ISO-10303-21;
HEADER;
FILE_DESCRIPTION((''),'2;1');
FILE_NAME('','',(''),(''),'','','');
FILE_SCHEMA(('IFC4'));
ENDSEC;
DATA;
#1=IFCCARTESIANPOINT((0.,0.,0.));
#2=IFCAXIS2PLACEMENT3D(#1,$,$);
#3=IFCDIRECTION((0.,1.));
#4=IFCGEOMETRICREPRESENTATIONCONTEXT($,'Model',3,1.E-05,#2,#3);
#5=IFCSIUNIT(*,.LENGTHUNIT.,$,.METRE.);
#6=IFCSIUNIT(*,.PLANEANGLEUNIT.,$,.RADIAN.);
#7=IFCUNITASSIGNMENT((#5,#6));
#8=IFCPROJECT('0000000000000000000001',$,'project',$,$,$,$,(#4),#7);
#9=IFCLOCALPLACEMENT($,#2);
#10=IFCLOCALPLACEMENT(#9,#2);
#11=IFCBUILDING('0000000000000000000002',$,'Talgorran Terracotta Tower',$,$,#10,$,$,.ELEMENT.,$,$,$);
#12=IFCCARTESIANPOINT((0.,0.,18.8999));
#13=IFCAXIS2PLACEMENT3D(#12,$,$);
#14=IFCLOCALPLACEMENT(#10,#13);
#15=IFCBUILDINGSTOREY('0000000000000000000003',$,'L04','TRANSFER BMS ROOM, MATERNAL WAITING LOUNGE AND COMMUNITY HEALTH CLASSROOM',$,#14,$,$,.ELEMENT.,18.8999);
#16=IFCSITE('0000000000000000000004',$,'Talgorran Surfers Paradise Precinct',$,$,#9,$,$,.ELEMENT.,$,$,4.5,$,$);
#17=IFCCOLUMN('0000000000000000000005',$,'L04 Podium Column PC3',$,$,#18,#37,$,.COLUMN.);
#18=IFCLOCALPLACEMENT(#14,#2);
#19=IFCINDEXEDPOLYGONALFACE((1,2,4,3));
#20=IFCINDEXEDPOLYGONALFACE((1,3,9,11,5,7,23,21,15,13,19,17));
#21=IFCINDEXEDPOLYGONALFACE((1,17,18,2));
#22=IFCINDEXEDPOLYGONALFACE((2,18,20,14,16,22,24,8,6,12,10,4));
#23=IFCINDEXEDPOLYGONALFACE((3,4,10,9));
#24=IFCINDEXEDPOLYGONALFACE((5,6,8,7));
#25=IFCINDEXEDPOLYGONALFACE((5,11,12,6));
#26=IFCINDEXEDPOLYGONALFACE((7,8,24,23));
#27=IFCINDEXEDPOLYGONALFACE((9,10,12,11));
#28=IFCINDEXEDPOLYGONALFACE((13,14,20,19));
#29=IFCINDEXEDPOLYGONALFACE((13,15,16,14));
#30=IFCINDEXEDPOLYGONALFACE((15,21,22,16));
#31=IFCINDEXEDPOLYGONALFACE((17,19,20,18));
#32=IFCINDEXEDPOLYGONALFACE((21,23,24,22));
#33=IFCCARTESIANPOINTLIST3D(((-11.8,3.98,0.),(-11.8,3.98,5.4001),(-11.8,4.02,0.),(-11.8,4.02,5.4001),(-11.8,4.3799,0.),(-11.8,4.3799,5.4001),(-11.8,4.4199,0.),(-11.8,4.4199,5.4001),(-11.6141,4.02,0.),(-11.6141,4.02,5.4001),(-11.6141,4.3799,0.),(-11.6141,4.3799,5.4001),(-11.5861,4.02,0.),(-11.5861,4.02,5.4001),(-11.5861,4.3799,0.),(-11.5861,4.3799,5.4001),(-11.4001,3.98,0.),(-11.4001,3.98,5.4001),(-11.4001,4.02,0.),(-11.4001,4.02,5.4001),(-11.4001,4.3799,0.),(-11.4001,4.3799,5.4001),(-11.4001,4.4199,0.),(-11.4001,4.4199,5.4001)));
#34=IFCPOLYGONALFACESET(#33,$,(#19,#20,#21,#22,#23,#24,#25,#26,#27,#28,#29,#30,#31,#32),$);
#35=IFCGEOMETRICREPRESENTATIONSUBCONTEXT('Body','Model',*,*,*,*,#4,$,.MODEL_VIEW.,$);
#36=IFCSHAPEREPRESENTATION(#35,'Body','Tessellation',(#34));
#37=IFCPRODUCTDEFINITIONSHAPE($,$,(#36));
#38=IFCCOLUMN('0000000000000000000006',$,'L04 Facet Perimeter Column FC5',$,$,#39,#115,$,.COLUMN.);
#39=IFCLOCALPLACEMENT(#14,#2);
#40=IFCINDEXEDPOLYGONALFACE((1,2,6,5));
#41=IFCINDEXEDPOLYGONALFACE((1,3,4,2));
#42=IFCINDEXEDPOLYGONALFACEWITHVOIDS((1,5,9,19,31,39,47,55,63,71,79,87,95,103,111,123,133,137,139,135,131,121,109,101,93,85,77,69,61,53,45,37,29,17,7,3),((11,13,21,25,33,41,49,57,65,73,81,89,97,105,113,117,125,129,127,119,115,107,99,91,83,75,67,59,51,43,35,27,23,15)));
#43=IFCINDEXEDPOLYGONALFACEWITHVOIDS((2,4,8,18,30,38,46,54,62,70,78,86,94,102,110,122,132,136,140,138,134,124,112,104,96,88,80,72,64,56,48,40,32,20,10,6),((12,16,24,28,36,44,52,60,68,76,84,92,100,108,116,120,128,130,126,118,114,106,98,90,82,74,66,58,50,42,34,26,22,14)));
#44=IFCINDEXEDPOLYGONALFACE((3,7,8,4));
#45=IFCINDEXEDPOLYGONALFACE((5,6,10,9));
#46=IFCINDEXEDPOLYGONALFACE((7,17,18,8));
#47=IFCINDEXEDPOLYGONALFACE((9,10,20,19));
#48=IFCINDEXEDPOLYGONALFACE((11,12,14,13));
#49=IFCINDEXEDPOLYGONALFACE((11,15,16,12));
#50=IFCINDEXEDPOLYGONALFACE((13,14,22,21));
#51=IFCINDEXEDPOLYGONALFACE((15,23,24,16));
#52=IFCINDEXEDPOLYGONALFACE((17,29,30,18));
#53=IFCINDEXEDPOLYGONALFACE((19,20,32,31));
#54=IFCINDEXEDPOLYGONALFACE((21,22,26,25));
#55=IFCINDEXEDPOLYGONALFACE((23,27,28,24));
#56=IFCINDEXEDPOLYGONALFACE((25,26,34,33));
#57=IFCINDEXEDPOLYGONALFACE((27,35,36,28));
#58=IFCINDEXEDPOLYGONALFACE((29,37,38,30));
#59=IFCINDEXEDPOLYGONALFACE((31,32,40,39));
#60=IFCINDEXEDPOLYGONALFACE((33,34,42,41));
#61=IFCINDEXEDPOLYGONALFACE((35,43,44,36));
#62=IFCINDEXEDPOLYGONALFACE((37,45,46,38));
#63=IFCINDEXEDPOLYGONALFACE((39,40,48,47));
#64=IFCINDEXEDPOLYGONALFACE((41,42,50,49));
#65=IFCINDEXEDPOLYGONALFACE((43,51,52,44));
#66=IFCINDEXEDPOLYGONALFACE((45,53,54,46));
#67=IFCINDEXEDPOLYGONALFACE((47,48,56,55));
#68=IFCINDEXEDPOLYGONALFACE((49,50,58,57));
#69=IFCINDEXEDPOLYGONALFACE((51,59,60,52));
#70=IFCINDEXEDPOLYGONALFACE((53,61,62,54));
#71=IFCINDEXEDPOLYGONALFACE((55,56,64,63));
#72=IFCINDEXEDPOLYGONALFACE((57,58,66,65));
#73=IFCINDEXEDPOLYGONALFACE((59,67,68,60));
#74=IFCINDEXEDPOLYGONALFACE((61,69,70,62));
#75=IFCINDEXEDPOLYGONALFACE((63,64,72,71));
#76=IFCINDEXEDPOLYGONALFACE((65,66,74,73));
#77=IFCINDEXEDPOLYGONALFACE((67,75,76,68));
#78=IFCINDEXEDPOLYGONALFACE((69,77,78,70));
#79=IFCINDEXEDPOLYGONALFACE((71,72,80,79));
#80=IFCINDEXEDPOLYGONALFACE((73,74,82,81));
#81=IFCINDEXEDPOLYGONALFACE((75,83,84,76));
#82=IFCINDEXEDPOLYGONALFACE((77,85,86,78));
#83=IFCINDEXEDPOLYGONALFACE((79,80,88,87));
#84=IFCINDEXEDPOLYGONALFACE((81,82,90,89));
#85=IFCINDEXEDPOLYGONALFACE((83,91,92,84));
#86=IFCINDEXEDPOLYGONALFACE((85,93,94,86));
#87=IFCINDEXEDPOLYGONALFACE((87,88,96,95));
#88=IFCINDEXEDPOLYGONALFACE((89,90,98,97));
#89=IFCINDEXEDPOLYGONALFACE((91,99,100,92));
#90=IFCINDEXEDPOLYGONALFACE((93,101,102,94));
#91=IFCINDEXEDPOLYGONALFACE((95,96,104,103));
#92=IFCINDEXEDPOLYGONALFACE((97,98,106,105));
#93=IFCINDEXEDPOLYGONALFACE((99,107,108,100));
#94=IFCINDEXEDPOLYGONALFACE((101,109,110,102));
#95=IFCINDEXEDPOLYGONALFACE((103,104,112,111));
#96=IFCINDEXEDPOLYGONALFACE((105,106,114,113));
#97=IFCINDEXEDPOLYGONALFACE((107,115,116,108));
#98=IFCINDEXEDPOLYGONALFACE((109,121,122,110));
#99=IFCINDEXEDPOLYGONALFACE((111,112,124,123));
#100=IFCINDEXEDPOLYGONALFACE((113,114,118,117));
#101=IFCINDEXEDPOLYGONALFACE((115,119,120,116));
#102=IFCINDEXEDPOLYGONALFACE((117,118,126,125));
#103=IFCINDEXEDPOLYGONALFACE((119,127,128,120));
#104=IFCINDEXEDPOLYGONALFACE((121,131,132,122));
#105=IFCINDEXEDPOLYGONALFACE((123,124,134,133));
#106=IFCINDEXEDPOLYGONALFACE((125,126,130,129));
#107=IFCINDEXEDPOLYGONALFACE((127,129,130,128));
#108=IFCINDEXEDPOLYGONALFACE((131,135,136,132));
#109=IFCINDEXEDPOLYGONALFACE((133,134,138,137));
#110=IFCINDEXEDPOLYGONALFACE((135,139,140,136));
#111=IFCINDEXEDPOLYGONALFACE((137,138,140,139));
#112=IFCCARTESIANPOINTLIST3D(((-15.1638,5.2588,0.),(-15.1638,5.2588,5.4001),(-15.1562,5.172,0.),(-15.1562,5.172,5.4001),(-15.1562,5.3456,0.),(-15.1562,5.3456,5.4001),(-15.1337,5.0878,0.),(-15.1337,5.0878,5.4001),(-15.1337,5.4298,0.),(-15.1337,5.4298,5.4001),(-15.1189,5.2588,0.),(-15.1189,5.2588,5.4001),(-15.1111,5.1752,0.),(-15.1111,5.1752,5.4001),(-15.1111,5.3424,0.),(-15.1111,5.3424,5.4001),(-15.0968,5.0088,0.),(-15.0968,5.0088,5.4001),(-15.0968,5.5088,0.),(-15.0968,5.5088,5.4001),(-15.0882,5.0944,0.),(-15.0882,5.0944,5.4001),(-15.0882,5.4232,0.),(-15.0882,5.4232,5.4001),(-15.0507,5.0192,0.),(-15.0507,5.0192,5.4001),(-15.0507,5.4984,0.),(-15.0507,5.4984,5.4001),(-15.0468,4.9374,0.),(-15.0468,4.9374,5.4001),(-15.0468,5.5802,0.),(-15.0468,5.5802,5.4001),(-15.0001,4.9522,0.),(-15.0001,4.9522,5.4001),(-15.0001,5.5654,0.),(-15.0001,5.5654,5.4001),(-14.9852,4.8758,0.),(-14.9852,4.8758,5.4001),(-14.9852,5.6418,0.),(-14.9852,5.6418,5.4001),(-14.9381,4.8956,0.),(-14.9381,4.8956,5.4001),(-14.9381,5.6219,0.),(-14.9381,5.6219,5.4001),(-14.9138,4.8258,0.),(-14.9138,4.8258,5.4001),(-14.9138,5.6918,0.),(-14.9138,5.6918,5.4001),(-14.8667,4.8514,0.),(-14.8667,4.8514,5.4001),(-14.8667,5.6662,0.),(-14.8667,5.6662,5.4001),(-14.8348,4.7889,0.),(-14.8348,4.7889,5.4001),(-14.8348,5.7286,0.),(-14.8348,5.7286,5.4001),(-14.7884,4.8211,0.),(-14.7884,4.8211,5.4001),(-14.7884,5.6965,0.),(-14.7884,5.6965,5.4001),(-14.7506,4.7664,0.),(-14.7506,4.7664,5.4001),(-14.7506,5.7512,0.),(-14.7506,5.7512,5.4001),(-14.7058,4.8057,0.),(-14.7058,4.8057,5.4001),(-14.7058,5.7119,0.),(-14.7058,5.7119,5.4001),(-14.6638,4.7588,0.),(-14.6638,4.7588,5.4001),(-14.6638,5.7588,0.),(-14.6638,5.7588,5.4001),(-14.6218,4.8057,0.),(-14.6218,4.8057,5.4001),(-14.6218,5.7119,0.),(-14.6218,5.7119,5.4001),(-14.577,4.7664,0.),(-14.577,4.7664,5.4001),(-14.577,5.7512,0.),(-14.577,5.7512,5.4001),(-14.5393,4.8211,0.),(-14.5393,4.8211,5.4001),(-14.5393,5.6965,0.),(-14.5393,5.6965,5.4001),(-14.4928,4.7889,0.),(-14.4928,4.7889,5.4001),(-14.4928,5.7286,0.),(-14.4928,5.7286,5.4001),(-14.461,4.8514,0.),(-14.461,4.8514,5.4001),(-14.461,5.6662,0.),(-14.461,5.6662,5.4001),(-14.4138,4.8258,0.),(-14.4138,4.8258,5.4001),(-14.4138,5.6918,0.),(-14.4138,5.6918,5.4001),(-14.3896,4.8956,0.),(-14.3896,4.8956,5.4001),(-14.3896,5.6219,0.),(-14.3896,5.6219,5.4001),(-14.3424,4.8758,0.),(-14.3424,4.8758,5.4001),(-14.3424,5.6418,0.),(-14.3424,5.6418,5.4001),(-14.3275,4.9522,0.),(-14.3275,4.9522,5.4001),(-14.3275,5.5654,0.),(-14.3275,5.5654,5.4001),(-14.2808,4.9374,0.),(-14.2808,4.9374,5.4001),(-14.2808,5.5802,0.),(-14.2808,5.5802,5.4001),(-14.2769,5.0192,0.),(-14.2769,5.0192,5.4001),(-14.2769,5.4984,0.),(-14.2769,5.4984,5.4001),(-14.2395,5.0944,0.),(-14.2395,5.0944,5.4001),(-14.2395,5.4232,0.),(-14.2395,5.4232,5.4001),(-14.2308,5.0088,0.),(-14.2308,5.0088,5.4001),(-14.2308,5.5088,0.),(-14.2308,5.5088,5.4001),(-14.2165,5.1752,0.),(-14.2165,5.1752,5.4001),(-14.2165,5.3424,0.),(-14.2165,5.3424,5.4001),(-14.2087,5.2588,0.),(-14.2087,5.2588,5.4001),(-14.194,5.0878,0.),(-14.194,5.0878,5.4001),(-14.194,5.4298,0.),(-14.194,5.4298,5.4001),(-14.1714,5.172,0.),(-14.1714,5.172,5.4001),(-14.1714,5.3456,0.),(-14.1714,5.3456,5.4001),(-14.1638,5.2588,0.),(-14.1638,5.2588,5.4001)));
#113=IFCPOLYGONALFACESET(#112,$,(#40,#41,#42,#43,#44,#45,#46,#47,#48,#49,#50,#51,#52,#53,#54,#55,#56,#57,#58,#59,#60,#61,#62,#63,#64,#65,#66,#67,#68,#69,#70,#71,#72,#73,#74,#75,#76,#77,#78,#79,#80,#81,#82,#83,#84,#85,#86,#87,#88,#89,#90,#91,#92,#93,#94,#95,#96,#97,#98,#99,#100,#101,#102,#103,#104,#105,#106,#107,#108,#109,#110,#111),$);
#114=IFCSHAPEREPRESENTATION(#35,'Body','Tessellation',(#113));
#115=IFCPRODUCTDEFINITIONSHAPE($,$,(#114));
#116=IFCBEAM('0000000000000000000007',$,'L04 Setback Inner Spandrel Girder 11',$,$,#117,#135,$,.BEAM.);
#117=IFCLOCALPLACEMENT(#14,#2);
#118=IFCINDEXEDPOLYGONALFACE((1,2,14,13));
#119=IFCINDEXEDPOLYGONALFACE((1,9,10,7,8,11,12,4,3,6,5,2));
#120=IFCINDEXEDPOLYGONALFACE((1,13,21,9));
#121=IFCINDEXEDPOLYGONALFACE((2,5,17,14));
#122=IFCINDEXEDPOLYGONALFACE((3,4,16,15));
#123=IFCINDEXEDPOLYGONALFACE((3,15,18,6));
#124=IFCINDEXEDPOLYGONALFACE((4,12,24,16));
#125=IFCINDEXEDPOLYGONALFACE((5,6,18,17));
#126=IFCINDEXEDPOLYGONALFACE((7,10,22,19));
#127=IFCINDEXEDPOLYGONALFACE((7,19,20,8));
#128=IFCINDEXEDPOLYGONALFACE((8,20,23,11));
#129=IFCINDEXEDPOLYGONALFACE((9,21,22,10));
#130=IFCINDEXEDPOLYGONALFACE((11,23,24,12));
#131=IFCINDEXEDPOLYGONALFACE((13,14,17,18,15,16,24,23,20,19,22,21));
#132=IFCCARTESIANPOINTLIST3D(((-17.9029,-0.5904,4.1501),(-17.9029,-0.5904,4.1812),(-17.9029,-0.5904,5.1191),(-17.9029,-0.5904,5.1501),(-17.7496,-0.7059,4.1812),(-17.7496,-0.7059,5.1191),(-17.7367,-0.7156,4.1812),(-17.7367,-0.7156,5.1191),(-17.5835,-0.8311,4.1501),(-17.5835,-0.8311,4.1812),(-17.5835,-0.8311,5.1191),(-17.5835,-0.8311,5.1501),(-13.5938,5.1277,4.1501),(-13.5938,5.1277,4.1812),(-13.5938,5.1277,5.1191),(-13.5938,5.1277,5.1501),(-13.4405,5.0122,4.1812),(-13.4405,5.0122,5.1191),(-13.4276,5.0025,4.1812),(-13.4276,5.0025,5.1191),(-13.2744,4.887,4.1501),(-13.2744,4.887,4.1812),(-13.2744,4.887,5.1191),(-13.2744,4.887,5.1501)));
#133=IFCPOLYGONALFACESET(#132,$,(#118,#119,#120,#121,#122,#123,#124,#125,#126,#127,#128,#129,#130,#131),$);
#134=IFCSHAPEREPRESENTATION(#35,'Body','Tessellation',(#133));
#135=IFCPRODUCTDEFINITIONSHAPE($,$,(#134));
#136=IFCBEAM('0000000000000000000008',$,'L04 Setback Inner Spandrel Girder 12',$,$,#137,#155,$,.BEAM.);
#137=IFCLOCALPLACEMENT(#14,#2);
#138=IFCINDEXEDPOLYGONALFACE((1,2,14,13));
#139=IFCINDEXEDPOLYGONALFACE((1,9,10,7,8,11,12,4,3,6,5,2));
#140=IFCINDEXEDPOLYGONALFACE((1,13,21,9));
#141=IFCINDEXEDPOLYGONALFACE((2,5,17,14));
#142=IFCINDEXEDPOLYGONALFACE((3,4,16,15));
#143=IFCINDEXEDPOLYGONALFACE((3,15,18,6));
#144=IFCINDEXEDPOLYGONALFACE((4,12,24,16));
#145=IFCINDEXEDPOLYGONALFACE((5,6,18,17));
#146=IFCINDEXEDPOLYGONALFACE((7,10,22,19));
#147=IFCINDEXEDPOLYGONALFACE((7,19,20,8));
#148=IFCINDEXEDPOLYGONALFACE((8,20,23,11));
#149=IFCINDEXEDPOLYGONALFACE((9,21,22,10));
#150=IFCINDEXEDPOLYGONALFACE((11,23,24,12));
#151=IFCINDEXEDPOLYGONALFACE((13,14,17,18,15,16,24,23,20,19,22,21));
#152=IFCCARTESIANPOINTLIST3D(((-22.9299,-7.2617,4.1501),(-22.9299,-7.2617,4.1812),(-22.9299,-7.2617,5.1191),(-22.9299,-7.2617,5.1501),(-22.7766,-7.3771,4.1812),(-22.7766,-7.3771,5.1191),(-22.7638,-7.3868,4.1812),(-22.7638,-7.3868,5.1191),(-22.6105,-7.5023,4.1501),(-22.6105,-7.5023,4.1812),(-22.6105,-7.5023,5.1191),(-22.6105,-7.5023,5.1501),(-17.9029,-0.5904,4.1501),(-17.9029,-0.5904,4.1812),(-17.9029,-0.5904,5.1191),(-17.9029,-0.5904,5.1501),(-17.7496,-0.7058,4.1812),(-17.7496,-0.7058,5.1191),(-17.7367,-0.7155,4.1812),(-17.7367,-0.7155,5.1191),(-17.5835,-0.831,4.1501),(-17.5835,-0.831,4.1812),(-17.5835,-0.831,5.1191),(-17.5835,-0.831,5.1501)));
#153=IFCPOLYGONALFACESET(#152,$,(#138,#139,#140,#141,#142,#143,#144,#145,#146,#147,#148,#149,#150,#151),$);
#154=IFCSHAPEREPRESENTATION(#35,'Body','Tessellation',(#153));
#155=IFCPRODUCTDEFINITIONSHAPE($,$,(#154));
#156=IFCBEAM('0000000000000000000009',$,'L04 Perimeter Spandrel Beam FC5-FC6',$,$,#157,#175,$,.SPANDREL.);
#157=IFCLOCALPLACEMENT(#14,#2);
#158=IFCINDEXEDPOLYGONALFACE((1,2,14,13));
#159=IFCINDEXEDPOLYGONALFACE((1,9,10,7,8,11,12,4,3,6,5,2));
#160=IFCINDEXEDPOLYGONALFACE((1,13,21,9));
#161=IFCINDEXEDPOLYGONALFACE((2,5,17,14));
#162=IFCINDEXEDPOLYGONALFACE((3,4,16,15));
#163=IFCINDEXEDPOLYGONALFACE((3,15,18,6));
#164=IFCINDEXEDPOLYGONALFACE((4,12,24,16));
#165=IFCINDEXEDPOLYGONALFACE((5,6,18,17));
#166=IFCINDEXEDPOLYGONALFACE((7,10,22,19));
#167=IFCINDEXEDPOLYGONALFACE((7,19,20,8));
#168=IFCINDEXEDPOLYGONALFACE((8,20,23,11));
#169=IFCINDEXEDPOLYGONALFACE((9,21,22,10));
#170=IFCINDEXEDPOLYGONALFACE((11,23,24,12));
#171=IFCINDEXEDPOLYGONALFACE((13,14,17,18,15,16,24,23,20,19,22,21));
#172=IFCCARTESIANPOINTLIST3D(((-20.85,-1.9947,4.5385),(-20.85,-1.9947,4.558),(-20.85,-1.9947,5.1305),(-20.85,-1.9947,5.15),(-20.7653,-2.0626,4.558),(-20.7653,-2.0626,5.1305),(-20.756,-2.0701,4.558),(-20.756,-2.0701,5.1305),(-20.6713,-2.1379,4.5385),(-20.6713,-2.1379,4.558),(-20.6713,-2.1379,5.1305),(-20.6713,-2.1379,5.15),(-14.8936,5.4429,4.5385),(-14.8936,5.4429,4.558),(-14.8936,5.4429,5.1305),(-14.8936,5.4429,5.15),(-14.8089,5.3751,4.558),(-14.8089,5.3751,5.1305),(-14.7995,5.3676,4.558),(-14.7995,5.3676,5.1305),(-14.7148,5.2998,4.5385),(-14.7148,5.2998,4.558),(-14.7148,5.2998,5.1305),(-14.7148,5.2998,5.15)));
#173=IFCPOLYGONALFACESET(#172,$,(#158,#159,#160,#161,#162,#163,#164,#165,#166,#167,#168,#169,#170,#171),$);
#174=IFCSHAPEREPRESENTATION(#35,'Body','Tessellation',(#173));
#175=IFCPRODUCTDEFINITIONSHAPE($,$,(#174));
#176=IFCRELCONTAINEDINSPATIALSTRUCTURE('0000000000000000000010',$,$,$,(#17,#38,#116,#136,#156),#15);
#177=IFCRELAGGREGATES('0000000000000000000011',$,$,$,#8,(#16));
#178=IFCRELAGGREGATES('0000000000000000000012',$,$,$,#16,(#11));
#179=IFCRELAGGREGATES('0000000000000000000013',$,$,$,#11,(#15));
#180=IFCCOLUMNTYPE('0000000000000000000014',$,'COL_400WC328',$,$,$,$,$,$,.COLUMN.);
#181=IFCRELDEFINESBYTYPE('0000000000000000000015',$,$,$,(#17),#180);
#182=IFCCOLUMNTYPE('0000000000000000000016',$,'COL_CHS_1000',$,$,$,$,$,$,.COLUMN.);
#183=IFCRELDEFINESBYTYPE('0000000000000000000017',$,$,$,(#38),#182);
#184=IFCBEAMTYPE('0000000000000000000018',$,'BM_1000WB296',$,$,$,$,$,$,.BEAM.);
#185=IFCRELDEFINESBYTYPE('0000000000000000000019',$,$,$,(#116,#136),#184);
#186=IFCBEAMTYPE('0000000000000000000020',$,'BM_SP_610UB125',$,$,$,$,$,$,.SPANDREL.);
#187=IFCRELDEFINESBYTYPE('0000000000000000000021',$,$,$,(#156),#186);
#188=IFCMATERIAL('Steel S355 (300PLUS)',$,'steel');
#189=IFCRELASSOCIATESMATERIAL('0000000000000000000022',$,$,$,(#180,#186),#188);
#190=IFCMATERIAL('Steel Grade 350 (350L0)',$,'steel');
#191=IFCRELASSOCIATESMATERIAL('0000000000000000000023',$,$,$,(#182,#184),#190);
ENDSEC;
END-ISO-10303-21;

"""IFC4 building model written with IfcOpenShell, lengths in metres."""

from ifc_helpers import new_model, si_unit, direction, frame, origin, origin_2d, place, context, subcontext, project, spatial, hollow_circle, i_section, extrude, material, material_profile, profile_set, type_object, element, save


model = new_model("IFC4")

# Units and contexts
model_context = context("Model", 3, precision=1e-05, world=origin(), true_north=direction((0.0, 1.0)))
body_context = subcontext(model_context, "Body", "Model", "MODEL_VIEW")
ifc_project = project(units=[si_unit("LENGTHUNIT", "METRE"), si_unit("PLANEANGLEUNIT", "RADIAN")], contexts=[model_context])

# Site, building, storey
site_placement = place(None, origin())
site = spatial("IfcSite", under=ifc_project, at=site_placement, Name="Talgorran Surfers Paradise Precinct", CompositionType="ELEMENT", RefElevation=4.5)
building_placement = place(site_placement, origin())
building = spatial("IfcBuilding", under=site, at=building_placement, Name="Talgorran Terracotta Tower", CompositionType="ELEMENT")
storey_placement = place(building_placement, frame((0.0, 0.0, 18.8999)))
storey = spatial("IfcBuildingStorey", under=building, at=storey_placement, Name="L04", Description="TRANSFER BMS ROOM, MATERNAL WAITING LOUNGE AND COMMUNITY HEALTH CLASSROOM", CompositionType="ELEMENT", Elevation=18.8999)

# Columns
ifc_material_1 = material(Name="Steel S355 (300PLUS)", Category="steel")
ifc_material_profile_1 = material_profile(ifc_material_1, i_section(OverallWidth=0.3999, OverallDepth=0.4399, WebThickness=0.0281, FlangeThickness=0.04, at=origin_2d()), Name="400WC328")
ifc_profile_set_1 = profile_set([ifc_material_profile_1], Name="Steel S355 (300PLUS)")
column_type_1 = type_object("IfcColumnType", Name="COL_400WC328", PredefinedType="COLUMN", material=ifc_profile_set_1)
column_1_placement = place(storey_placement, frame((-11.6001, 4.2, 0.0), z_axis=(0.0, 0.0, 1.0), x_axis=(1.0, 0.0, 0.0)))
element("IfcColumn", 1, at=column_1_placement, inside=storey, type_object=column_type_1, Name="L04 Podium Column PC3", PredefinedType="COLUMN", context=body_context, shape_type="SweptSolid", body=[
    extrude(i_section(OverallWidth=0.3999, OverallDepth=0.4399, WebThickness=0.0281, FlangeThickness=0.04, at=origin_2d()), origin(), (0.0, 0.0, 1.0), 5.4001),
])
ifc_material_2 = material(Name="Steel Grade 350 (350L0)", Category="steel")
ifc_material_profile_2 = material_profile(ifc_material_2, hollow_circle(Radius=0.5, WallThickness=0.0449, at=origin_2d()), Name="CHS1000X45")
ifc_profile_set_2 = profile_set([ifc_material_profile_2], Name="Steel Grade 350 (350L0)")
column_type_2 = type_object("IfcColumnType", Name="COL_CHS_1000", PredefinedType="COLUMN", material=ifc_profile_set_2)
column_2_placement = place(storey_placement, frame((-14.6638, 5.2588, 0.0), z_axis=(0.0, 0.0, 1.0), x_axis=(1.0, 0.0, 0.0)))
element("IfcColumn", 2, at=column_2_placement, inside=storey, type_object=column_type_2, Name="L04 Facet Perimeter Column FC5", PredefinedType="COLUMN", context=body_context, shape_type="SweptSolid", body=[
    extrude(hollow_circle(Radius=0.5, WallThickness=0.0449, at=origin_2d()), origin(), (0.0, 0.0, 1.0), 5.4001),
])

# Beams
ifc_material_profile_3 = material_profile(ifc_material_2, i_section(OverallWidth=0.3999, OverallDepth=1.0, WebThickness=0.0161, FlangeThickness=0.031, at=origin_2d()), Name="1000WB296")
ifc_profile_set_3 = profile_set([ifc_material_profile_3], Name="Steel Grade 350 (350L0)")
beam_type_1 = type_object("IfcBeamType", Name="BM_1000WB296", PredefinedType="BEAM", material=ifc_profile_set_3)
beam_1_placement = place(storey_placement, frame((-13.4341, 5.0073, 4.6501), z_axis=(-0.601837, -0.798619, 0.0), x_axis=(0.798619, -0.601837, 0.0)))
element("IfcBeam", 3, at=beam_1_placement, inside=storey, type_object=beam_type_1, Name="L04 Setback Inner Spandrel Girder 11", PredefinedType="BEAM", context=body_context, shape_type="SweptSolid", body=[
    extrude(i_section(OverallWidth=0.3999, OverallDepth=1.0, WebThickness=0.0161, FlangeThickness=0.031, at=origin_2d()), origin(), (0.0, 0.0, 1.0), 7.1599),
])
beam_2_placement = place(storey_placement, frame((-17.7432, -0.7107, 4.6501), z_axis=(-0.601804, -0.798644, 0.0), x_axis=(0.798644, -0.601804, 0.0)))
element("IfcBeam", 4, at=beam_2_placement, inside=storey, type_object=beam_type_1, Name="L04 Setback Inner Spandrel Girder 12", PredefinedType="BEAM", context=body_context, shape_type="SweptSolid", body=[
    extrude(i_section(OverallWidth=0.3999, OverallDepth=1.0, WebThickness=0.0161, FlangeThickness=0.031, at=origin_2d()), origin(), (0.0, 0.0, 1.0), 8.3533),
])
ifc_material_profile_4 = material_profile(ifc_material_1, i_section(OverallWidth=0.229, OverallDepth=0.6116, WebThickness=0.012, FlangeThickness=0.0195, at=origin_2d()), Name="610UB125")
ifc_profile_set_4 = profile_set([ifc_material_profile_4], Name="Steel S355 (300PLUS)")
beam_type_2 = type_object("IfcBeamType", Name="BM_SP_610UB125", PredefinedType="SPANDREL", material=ifc_profile_set_4)
beam_3_placement = place(storey_placement, frame((-14.8042, 5.3713, 4.8442), z_axis=(-0.625101, -0.780544, 0.0), x_axis=(0.780544, -0.625101, 0.0)))
element("IfcBeam", 5, at=beam_3_placement, inside=storey, type_object=beam_type_2, Name="L04 Perimeter Spandrel Beam FC5-FC6", PredefinedType="SPANDREL", context=body_context, shape_type="SweptSolid", body=[
    extrude(i_section(OverallWidth=0.229, OverallDepth=0.6116, WebThickness=0.012, FlangeThickness=0.0195, at=origin_2d()), origin(), (0.0, 0.0, 1.0), 9.5288),
])

save(model, "model.ifc")
